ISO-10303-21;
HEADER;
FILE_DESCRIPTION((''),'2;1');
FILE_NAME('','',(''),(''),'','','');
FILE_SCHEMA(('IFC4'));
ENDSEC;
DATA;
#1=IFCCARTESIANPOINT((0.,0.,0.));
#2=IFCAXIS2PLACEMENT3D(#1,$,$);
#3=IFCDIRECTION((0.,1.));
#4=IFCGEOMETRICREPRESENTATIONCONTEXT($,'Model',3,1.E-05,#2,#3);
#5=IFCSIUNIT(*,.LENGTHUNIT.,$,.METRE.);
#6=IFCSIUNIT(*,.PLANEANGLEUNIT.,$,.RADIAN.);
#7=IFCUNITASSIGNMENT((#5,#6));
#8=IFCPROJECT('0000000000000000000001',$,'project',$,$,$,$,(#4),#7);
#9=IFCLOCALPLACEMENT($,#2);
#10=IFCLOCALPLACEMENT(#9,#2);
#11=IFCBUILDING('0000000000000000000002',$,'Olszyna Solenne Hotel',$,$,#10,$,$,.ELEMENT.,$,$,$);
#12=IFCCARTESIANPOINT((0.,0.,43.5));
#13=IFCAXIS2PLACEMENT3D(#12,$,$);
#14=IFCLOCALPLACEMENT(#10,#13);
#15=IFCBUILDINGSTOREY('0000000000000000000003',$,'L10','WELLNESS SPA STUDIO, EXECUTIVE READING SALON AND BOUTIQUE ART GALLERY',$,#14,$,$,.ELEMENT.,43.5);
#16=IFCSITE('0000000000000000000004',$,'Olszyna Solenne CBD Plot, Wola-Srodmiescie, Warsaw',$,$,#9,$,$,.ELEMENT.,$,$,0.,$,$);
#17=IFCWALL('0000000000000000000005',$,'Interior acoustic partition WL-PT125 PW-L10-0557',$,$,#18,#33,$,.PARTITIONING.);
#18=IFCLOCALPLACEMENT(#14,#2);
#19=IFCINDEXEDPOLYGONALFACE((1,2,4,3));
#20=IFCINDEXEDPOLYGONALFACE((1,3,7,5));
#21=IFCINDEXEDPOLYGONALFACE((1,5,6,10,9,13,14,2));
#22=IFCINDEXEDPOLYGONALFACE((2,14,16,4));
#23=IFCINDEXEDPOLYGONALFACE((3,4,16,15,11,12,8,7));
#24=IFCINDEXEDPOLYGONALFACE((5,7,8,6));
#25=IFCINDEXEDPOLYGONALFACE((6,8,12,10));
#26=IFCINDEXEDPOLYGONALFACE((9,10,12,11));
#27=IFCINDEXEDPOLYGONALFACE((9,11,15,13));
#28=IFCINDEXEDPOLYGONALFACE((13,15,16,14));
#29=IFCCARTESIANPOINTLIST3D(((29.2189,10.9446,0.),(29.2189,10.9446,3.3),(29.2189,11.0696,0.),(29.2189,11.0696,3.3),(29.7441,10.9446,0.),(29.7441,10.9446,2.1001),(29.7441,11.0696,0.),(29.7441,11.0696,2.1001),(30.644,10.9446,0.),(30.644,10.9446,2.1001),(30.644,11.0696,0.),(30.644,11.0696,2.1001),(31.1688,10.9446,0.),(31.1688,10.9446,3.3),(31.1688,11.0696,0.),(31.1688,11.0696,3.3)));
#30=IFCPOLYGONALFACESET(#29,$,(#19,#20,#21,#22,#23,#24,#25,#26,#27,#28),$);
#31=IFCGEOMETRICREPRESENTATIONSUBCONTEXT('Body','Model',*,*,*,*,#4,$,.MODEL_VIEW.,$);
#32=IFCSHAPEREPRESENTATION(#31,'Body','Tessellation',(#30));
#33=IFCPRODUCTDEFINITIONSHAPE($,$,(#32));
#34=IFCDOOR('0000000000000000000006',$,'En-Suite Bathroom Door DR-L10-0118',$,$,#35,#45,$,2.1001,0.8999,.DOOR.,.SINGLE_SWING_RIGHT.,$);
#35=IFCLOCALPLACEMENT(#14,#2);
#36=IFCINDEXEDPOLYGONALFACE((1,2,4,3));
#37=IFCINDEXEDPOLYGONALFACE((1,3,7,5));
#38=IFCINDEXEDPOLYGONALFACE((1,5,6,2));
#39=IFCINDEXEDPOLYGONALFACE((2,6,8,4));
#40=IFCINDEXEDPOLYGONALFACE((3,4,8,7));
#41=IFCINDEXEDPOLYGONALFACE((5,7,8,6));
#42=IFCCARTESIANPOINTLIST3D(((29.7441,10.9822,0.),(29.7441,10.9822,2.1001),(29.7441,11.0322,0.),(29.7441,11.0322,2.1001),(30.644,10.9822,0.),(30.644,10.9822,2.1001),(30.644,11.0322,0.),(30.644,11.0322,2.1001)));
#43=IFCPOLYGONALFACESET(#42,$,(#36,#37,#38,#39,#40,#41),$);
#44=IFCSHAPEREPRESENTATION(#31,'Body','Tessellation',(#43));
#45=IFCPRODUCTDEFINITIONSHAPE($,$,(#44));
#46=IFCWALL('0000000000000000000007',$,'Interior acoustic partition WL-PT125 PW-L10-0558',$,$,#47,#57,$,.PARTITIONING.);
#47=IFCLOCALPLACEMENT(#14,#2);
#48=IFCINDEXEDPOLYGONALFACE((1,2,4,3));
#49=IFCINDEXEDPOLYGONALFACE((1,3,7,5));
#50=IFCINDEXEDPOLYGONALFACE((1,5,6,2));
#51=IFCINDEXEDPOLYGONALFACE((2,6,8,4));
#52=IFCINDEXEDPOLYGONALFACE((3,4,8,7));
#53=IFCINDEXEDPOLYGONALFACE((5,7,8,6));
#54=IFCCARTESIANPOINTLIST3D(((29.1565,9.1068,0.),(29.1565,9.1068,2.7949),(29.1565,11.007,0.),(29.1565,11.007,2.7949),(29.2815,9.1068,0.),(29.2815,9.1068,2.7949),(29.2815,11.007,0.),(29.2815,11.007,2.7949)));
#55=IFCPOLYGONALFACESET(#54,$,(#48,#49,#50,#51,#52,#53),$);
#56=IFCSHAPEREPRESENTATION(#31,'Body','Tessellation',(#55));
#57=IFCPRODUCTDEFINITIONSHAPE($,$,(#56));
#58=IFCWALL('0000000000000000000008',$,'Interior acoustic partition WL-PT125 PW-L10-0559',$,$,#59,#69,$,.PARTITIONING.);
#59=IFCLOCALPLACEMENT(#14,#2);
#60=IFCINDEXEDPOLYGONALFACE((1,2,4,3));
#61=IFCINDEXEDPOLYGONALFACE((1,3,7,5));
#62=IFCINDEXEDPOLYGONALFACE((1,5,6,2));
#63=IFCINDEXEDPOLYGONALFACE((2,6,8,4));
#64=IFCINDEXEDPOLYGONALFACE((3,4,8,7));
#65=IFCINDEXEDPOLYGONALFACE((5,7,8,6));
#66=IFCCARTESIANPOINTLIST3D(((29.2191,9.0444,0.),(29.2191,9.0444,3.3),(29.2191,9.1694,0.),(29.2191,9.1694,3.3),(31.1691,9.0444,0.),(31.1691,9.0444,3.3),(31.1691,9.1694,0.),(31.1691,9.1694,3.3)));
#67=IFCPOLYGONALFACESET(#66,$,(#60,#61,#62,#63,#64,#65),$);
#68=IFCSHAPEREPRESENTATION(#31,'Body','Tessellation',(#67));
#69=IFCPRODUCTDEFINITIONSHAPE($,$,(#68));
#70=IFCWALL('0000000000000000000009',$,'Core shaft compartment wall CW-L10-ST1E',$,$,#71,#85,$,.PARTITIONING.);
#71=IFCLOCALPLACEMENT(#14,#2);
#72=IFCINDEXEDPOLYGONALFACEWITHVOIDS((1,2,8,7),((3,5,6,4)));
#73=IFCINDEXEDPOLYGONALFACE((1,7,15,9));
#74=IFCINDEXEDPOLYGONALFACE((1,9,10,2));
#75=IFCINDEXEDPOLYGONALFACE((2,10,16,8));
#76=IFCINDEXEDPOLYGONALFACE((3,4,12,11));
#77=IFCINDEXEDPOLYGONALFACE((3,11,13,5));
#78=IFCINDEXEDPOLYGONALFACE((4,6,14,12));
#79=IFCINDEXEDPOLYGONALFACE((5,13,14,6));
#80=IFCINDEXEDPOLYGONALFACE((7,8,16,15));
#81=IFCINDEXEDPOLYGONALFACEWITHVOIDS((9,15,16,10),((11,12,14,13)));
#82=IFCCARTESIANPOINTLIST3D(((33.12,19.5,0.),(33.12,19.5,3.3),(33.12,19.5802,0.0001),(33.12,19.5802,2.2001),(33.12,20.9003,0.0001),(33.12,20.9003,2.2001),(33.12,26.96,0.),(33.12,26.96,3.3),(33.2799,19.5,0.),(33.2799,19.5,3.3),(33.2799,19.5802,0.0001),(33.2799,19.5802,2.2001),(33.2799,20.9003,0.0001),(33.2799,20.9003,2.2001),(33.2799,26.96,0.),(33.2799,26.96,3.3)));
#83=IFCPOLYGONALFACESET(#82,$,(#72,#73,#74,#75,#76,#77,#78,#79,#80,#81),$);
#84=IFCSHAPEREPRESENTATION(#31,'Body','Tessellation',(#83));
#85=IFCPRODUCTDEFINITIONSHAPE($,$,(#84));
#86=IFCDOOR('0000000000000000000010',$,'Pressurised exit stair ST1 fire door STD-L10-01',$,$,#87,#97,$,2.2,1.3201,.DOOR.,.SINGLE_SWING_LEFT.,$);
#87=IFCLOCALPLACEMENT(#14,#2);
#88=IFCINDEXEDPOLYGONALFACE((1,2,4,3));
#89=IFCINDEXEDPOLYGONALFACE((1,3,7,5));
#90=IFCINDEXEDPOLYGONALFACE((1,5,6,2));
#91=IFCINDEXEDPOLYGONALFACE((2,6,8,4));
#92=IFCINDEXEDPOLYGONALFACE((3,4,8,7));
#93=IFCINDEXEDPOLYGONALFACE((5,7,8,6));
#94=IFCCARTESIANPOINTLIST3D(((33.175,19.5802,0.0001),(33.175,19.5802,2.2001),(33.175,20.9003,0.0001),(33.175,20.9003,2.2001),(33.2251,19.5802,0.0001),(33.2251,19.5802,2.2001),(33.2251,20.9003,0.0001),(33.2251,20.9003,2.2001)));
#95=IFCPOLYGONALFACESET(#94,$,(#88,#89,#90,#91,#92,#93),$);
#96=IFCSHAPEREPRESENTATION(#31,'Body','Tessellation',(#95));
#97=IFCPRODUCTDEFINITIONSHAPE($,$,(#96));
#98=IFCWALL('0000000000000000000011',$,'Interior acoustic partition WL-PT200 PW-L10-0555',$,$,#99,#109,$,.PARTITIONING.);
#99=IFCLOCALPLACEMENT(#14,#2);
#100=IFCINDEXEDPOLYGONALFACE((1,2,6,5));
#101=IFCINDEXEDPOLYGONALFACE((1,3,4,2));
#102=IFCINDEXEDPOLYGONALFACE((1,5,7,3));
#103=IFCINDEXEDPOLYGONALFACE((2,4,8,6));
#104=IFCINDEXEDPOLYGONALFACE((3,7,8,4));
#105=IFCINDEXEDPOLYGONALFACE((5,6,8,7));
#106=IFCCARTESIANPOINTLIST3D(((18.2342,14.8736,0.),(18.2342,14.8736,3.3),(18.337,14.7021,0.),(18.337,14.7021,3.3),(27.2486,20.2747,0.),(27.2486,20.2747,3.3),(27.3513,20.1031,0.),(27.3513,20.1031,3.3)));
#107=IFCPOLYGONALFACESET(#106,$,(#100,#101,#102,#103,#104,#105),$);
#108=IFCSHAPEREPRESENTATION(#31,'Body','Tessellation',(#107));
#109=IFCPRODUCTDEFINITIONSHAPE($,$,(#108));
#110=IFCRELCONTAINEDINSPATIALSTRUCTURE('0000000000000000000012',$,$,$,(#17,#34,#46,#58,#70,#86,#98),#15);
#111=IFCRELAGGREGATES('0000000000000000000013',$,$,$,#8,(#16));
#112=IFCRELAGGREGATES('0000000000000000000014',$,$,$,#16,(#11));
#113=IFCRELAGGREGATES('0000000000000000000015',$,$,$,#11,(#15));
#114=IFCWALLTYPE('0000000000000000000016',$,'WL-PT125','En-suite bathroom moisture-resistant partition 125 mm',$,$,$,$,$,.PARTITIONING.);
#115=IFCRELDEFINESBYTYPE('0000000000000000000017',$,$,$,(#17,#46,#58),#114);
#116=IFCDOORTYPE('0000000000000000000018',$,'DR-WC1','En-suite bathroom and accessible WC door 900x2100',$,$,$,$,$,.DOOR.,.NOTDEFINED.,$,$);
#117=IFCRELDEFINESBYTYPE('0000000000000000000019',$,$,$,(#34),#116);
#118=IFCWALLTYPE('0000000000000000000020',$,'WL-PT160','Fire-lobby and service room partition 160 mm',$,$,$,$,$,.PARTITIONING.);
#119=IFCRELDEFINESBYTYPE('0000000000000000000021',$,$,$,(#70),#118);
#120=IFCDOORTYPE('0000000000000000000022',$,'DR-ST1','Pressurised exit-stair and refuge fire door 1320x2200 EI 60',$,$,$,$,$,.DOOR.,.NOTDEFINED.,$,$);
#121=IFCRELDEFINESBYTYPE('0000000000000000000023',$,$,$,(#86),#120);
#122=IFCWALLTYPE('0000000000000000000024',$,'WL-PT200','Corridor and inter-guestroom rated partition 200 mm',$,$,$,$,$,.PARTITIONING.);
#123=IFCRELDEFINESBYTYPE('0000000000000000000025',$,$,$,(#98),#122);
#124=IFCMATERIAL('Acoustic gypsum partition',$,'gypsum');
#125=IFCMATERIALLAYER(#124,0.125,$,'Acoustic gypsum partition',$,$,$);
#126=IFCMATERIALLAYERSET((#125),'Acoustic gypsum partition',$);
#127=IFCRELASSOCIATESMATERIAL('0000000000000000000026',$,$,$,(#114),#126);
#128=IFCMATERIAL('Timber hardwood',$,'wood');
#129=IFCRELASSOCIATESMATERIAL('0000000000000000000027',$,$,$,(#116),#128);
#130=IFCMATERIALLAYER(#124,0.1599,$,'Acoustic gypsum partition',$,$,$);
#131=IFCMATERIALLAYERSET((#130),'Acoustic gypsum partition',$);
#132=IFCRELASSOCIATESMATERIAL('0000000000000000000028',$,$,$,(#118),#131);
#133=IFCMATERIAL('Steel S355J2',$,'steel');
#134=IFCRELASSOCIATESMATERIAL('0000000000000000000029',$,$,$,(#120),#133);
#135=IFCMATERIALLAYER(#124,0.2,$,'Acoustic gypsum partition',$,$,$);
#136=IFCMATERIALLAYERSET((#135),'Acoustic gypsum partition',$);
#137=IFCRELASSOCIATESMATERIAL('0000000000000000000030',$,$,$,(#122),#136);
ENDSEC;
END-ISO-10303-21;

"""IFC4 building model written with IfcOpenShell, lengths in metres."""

from ifc_helpers import new_model, si_unit, direction, frame, frame_2d, origin, place, context, subcontext, project, spatial, rectangle, extrude, source, transform, mapped, material, layer, layer_set, type_object, type_shapes, element, fill, save


model = new_model("IFC4")

# Units and contexts
model_context = context("Model", 3, precision=1e-05, world=origin(), true_north=direction((0.0, 1.0)))
body_context = subcontext(model_context, "Body", "Model", "MODEL_VIEW")
ifc_project = project(units=[si_unit("LENGTHUNIT", "METRE"), si_unit("PLANEANGLEUNIT", "RADIAN")], contexts=[model_context])

# Site, building, storey
site_placement = place(None, origin())
site = spatial("IfcSite", under=ifc_project, at=site_placement, Name="Olszyna Solenne CBD Plot, Wola-Srodmiescie, Warsaw", CompositionType="ELEMENT", RefElevation=0.0)
building_placement = place(site_placement, origin())
building = spatial("IfcBuilding", under=site, at=building_placement, Name="Olszyna Solenne Hotel", CompositionType="ELEMENT")
storey_placement = place(building_placement, frame((0.0, 0.0, 43.5)))
storey = spatial("IfcBuildingStorey", under=building, at=storey_placement, Name="L10", Description="WELLNESS SPA STUDIO, EXECUTIVE READING SALON AND BOUTIQUE ART GALLERY", CompositionType="ELEMENT", Elevation=43.5)

# Shared definitions
ifc_material_1 = material(Name="Steel S355J2", Category="steel")

# Shared definitions
ifc_material_2 = material(Name="Timber hardwood", Category="wood")

# Shared definitions
ifc_material_3 = material(Name="Acoustic gypsum partition", Category="gypsum")
ifc_layer_1 = layer(ifc_material_3, 0.125, Name="Acoustic gypsum partition")
ifc_layer_set_1 = layer_set([ifc_layer_1], Name="Acoustic gypsum partition")
wall_type_1 = type_object("IfcWallType", Name="WL-PT125", Description="En-suite bathroom moisture-resistant partition 125 mm", PredefinedType="PARTITIONING", material=ifc_layer_set_1)

# Wall, opening, door
wall_1_placement = place(storey_placement, frame((31.1689, 11.0071, 0.0), z_axis=(0.0, 0.0, 1.0), x_axis=(-1.0, 0.0, 0.0)))
wall_1 = element("IfcWall", 1, at=wall_1_placement, inside=storey, type_object=wall_type_1, Name="Interior acoustic partition WL-PT125 PW-L10-0557", PredefinedType="PARTITIONING", context=body_context, shape_type="SweptSolid", body=[
    extrude(rectangle(XDim=1.95, YDim=0.125, at=frame_2d((0.9751, 0.0))), origin(), (0.0, 0.0, 1.0), 3.3),
])
opening_1_placement = place(wall_1_placement, frame((0.5249, 0.0, 0.0)))
opening_1 = element("IfcOpeningElement", 2, at=opening_1_placement, cuts=wall_1, PredefinedType="OPENING", context=body_context, shape_type="SweptSolid", body=[
    extrude(rectangle(XDim=0.8999, YDim=2.1001, at=frame_2d((0.45, 1.05))), frame((0.0, 0.0725, 0.0), z_axis=(0.0, -1.0, 0.0), x_axis=(1.0, 0.0, 0.0)), (0.0, 0.0, 1.0), 0.145),
])
door_type_1 = type_object("IfcDoorType", Name="DR-WC1", Description="En-suite bathroom and accessible WC door 900x2100", OperationType="NOTDEFINED", PredefinedType="DOOR", material=ifc_material_2)
shared_shape_1 = source(origin(), body_context, "Body", "SweptSolid", [
    extrude(rectangle(XDim=0.8999, YDim=2.1001, at=frame_2d((0.45, 1.05))), frame((0.0, 0.0249, 0.0), z_axis=(0.0, -1.0, 0.0), x_axis=(1.0, 0.0, 0.0)), (0.0, 0.0, 1.0), 0.05),
])
type_shapes(door_type_1, [shared_shape_1])
door_1_placement = place(opening_1_placement, origin())
door_1 = element("IfcDoor", 3, at=door_1_placement, inside=storey, type_object=door_type_1, Name="En-Suite Bathroom Door DR-L10-0118", OperationType="SINGLE_SWING_RIGHT", OverallHeight=2.1001, OverallWidth=0.8999, PredefinedType="DOOR", context=body_context, shape_type="MappedRepresentation", body=[
    mapped(shared_shape_1, transform((0.0, 0.0, 0.0), x_axis=(1.0, 0.0, 0.0), y_axis=(0.0, 1.0, 0.0), z_axis=(0.0, 0.0, 1.0), scale=1.0)),
])
fill(opening_1, door_1)

# Walls
wall_2_placement = place(storey_placement, frame((29.219, 11.0071, 0.0), z_axis=(0.0, 0.0, 1.0), x_axis=(0.0, -1.0, 0.0)))
element("IfcWall", 4, at=wall_2_placement, inside=storey, type_object=wall_type_1, Name="Interior acoustic partition WL-PT125 PW-L10-0558", PredefinedType="PARTITIONING", context=body_context, shape_type="SweptSolid", body=[
    extrude(rectangle(XDim=1.9001, YDim=0.125, at=frame_2d((0.9502, 0.0))), origin(), (0.0, 0.0, 1.0), 2.7949),
])
wall_3_placement = place(storey_placement, frame((29.219, 9.1069, 0.0), z_axis=(0.0, 0.0, 1.0), x_axis=(1.0, 0.0, 0.0)))
element("IfcWall", 5, at=wall_3_placement, inside=storey, type_object=wall_type_1, Name="Interior acoustic partition WL-PT125 PW-L10-0559", PredefinedType="PARTITIONING", context=body_context, shape_type="SweptSolid", body=[
    extrude(rectangle(XDim=1.95, YDim=0.125, at=frame_2d((0.9751, 0.0))), origin(), (0.0, 0.0, 1.0), 3.3),
])

# Wall, opening, door
ifc_layer_2 = layer(ifc_material_3, 0.1599, Name="Acoustic gypsum partition")
ifc_layer_set_2 = layer_set([ifc_layer_2], Name="Acoustic gypsum partition")
wall_type_2 = type_object("IfcWallType", Name="WL-PT160", Description="Fire-lobby and service room partition 160 mm", PredefinedType="PARTITIONING", material=ifc_layer_set_2)
wall_4_placement = place(storey_placement, frame((33.2, 19.5, 0.0), z_axis=(0.0, 0.0, 1.0), x_axis=(0.0, 1.0, 0.0)))
wall_4 = element("IfcWall", 6, at=wall_4_placement, inside=storey, type_object=wall_type_2, Name="Core shaft compartment wall CW-L10-ST1E", PredefinedType="PARTITIONING", context=body_context, shape_type="SweptSolid", body=[
    extrude(rectangle(XDim=7.46, YDim=0.1599, at=frame_2d((3.73, 0.0))), origin(), (0.0, 0.0, 1.0), 3.3),
])
opening_2_placement = place(wall_4_placement, frame((0.0801, 0.0, 0.0)))
opening_2 = element("IfcOpeningElement", 7, at=opening_2_placement, cuts=wall_4, PredefinedType="OPENING", context=body_context, shape_type="SweptSolid", body=[
    extrude(rectangle(XDim=1.3201, YDim=2.2, at=frame_2d((0.6602, 1.1001))), frame((0.0, 0.0898, 0.0), z_axis=(0.0, -1.0, 0.0), x_axis=(1.0, 0.0, 0.0)), (0.0, 0.0, 1.0), 0.1799),
])
door_type_2 = type_object("IfcDoorType", Name="DR-ST1", Description="Pressurised exit-stair and refuge fire door 1320x2200 EI 60", OperationType="NOTDEFINED", PredefinedType="DOOR", material=ifc_material_1)
shared_shape_2 = source(origin(), body_context, "Body", "SweptSolid", [
    extrude(rectangle(XDim=1.3201, YDim=2.2, at=frame_2d((0.6602, 1.1001))), frame((0.0, 0.0249, 0.0), z_axis=(0.0, -1.0, 0.0), x_axis=(1.0, 0.0, 0.0)), (0.0, 0.0, 1.0), 0.05),
])
type_shapes(door_type_2, [shared_shape_2])
door_2_placement = place(opening_2_placement, origin())
door_2 = element("IfcDoor", 8, at=door_2_placement, inside=storey, type_object=door_type_2, Name="Pressurised exit stair ST1 fire door STD-L10-01", OperationType="SINGLE_SWING_LEFT", OverallHeight=2.2, OverallWidth=1.3201, PredefinedType="DOOR", context=body_context, shape_type="MappedRepresentation", body=[
    mapped(shared_shape_2, transform((0.0, 0.0, 0.0), x_axis=(1.0, 0.0, 0.0), y_axis=(0.0, 1.0, 0.0), z_axis=(0.0, 0.0, 1.0), scale=1.0)),
])
fill(opening_2, door_2)

# Wall
ifc_layer_3 = layer(ifc_material_3, 0.2, Name="Acoustic gypsum partition")
ifc_layer_set_3 = layer_set([ifc_layer_3], Name="Acoustic gypsum partition")
wall_type_3 = type_object("IfcWallType", Name="WL-PT200", Description="Corridor and inter-guestroom rated partition 200 mm", PredefinedType="PARTITIONING", material=ifc_layer_set_3)
wall_5_placement = place(storey_placement, frame((27.3, 20.189, 0.0), z_axis=(0.0, 0.0, 1.0), x_axis=(-0.857808, -0.51397, 0.0)))
element("IfcWall", 9, at=wall_5_placement, inside=storey, type_object=wall_type_3, Name="Interior acoustic partition WL-PT200 PW-L10-0555", PredefinedType="PARTITIONING", context=body_context, shape_type="SweptSolid", body=[
    extrude(rectangle(XDim=10.5085, YDim=0.2, at=frame_2d((5.2544, 0.0))), origin(), (0.0, 0.0, 1.0), 3.3),
])

save(model, "model.ifc")
